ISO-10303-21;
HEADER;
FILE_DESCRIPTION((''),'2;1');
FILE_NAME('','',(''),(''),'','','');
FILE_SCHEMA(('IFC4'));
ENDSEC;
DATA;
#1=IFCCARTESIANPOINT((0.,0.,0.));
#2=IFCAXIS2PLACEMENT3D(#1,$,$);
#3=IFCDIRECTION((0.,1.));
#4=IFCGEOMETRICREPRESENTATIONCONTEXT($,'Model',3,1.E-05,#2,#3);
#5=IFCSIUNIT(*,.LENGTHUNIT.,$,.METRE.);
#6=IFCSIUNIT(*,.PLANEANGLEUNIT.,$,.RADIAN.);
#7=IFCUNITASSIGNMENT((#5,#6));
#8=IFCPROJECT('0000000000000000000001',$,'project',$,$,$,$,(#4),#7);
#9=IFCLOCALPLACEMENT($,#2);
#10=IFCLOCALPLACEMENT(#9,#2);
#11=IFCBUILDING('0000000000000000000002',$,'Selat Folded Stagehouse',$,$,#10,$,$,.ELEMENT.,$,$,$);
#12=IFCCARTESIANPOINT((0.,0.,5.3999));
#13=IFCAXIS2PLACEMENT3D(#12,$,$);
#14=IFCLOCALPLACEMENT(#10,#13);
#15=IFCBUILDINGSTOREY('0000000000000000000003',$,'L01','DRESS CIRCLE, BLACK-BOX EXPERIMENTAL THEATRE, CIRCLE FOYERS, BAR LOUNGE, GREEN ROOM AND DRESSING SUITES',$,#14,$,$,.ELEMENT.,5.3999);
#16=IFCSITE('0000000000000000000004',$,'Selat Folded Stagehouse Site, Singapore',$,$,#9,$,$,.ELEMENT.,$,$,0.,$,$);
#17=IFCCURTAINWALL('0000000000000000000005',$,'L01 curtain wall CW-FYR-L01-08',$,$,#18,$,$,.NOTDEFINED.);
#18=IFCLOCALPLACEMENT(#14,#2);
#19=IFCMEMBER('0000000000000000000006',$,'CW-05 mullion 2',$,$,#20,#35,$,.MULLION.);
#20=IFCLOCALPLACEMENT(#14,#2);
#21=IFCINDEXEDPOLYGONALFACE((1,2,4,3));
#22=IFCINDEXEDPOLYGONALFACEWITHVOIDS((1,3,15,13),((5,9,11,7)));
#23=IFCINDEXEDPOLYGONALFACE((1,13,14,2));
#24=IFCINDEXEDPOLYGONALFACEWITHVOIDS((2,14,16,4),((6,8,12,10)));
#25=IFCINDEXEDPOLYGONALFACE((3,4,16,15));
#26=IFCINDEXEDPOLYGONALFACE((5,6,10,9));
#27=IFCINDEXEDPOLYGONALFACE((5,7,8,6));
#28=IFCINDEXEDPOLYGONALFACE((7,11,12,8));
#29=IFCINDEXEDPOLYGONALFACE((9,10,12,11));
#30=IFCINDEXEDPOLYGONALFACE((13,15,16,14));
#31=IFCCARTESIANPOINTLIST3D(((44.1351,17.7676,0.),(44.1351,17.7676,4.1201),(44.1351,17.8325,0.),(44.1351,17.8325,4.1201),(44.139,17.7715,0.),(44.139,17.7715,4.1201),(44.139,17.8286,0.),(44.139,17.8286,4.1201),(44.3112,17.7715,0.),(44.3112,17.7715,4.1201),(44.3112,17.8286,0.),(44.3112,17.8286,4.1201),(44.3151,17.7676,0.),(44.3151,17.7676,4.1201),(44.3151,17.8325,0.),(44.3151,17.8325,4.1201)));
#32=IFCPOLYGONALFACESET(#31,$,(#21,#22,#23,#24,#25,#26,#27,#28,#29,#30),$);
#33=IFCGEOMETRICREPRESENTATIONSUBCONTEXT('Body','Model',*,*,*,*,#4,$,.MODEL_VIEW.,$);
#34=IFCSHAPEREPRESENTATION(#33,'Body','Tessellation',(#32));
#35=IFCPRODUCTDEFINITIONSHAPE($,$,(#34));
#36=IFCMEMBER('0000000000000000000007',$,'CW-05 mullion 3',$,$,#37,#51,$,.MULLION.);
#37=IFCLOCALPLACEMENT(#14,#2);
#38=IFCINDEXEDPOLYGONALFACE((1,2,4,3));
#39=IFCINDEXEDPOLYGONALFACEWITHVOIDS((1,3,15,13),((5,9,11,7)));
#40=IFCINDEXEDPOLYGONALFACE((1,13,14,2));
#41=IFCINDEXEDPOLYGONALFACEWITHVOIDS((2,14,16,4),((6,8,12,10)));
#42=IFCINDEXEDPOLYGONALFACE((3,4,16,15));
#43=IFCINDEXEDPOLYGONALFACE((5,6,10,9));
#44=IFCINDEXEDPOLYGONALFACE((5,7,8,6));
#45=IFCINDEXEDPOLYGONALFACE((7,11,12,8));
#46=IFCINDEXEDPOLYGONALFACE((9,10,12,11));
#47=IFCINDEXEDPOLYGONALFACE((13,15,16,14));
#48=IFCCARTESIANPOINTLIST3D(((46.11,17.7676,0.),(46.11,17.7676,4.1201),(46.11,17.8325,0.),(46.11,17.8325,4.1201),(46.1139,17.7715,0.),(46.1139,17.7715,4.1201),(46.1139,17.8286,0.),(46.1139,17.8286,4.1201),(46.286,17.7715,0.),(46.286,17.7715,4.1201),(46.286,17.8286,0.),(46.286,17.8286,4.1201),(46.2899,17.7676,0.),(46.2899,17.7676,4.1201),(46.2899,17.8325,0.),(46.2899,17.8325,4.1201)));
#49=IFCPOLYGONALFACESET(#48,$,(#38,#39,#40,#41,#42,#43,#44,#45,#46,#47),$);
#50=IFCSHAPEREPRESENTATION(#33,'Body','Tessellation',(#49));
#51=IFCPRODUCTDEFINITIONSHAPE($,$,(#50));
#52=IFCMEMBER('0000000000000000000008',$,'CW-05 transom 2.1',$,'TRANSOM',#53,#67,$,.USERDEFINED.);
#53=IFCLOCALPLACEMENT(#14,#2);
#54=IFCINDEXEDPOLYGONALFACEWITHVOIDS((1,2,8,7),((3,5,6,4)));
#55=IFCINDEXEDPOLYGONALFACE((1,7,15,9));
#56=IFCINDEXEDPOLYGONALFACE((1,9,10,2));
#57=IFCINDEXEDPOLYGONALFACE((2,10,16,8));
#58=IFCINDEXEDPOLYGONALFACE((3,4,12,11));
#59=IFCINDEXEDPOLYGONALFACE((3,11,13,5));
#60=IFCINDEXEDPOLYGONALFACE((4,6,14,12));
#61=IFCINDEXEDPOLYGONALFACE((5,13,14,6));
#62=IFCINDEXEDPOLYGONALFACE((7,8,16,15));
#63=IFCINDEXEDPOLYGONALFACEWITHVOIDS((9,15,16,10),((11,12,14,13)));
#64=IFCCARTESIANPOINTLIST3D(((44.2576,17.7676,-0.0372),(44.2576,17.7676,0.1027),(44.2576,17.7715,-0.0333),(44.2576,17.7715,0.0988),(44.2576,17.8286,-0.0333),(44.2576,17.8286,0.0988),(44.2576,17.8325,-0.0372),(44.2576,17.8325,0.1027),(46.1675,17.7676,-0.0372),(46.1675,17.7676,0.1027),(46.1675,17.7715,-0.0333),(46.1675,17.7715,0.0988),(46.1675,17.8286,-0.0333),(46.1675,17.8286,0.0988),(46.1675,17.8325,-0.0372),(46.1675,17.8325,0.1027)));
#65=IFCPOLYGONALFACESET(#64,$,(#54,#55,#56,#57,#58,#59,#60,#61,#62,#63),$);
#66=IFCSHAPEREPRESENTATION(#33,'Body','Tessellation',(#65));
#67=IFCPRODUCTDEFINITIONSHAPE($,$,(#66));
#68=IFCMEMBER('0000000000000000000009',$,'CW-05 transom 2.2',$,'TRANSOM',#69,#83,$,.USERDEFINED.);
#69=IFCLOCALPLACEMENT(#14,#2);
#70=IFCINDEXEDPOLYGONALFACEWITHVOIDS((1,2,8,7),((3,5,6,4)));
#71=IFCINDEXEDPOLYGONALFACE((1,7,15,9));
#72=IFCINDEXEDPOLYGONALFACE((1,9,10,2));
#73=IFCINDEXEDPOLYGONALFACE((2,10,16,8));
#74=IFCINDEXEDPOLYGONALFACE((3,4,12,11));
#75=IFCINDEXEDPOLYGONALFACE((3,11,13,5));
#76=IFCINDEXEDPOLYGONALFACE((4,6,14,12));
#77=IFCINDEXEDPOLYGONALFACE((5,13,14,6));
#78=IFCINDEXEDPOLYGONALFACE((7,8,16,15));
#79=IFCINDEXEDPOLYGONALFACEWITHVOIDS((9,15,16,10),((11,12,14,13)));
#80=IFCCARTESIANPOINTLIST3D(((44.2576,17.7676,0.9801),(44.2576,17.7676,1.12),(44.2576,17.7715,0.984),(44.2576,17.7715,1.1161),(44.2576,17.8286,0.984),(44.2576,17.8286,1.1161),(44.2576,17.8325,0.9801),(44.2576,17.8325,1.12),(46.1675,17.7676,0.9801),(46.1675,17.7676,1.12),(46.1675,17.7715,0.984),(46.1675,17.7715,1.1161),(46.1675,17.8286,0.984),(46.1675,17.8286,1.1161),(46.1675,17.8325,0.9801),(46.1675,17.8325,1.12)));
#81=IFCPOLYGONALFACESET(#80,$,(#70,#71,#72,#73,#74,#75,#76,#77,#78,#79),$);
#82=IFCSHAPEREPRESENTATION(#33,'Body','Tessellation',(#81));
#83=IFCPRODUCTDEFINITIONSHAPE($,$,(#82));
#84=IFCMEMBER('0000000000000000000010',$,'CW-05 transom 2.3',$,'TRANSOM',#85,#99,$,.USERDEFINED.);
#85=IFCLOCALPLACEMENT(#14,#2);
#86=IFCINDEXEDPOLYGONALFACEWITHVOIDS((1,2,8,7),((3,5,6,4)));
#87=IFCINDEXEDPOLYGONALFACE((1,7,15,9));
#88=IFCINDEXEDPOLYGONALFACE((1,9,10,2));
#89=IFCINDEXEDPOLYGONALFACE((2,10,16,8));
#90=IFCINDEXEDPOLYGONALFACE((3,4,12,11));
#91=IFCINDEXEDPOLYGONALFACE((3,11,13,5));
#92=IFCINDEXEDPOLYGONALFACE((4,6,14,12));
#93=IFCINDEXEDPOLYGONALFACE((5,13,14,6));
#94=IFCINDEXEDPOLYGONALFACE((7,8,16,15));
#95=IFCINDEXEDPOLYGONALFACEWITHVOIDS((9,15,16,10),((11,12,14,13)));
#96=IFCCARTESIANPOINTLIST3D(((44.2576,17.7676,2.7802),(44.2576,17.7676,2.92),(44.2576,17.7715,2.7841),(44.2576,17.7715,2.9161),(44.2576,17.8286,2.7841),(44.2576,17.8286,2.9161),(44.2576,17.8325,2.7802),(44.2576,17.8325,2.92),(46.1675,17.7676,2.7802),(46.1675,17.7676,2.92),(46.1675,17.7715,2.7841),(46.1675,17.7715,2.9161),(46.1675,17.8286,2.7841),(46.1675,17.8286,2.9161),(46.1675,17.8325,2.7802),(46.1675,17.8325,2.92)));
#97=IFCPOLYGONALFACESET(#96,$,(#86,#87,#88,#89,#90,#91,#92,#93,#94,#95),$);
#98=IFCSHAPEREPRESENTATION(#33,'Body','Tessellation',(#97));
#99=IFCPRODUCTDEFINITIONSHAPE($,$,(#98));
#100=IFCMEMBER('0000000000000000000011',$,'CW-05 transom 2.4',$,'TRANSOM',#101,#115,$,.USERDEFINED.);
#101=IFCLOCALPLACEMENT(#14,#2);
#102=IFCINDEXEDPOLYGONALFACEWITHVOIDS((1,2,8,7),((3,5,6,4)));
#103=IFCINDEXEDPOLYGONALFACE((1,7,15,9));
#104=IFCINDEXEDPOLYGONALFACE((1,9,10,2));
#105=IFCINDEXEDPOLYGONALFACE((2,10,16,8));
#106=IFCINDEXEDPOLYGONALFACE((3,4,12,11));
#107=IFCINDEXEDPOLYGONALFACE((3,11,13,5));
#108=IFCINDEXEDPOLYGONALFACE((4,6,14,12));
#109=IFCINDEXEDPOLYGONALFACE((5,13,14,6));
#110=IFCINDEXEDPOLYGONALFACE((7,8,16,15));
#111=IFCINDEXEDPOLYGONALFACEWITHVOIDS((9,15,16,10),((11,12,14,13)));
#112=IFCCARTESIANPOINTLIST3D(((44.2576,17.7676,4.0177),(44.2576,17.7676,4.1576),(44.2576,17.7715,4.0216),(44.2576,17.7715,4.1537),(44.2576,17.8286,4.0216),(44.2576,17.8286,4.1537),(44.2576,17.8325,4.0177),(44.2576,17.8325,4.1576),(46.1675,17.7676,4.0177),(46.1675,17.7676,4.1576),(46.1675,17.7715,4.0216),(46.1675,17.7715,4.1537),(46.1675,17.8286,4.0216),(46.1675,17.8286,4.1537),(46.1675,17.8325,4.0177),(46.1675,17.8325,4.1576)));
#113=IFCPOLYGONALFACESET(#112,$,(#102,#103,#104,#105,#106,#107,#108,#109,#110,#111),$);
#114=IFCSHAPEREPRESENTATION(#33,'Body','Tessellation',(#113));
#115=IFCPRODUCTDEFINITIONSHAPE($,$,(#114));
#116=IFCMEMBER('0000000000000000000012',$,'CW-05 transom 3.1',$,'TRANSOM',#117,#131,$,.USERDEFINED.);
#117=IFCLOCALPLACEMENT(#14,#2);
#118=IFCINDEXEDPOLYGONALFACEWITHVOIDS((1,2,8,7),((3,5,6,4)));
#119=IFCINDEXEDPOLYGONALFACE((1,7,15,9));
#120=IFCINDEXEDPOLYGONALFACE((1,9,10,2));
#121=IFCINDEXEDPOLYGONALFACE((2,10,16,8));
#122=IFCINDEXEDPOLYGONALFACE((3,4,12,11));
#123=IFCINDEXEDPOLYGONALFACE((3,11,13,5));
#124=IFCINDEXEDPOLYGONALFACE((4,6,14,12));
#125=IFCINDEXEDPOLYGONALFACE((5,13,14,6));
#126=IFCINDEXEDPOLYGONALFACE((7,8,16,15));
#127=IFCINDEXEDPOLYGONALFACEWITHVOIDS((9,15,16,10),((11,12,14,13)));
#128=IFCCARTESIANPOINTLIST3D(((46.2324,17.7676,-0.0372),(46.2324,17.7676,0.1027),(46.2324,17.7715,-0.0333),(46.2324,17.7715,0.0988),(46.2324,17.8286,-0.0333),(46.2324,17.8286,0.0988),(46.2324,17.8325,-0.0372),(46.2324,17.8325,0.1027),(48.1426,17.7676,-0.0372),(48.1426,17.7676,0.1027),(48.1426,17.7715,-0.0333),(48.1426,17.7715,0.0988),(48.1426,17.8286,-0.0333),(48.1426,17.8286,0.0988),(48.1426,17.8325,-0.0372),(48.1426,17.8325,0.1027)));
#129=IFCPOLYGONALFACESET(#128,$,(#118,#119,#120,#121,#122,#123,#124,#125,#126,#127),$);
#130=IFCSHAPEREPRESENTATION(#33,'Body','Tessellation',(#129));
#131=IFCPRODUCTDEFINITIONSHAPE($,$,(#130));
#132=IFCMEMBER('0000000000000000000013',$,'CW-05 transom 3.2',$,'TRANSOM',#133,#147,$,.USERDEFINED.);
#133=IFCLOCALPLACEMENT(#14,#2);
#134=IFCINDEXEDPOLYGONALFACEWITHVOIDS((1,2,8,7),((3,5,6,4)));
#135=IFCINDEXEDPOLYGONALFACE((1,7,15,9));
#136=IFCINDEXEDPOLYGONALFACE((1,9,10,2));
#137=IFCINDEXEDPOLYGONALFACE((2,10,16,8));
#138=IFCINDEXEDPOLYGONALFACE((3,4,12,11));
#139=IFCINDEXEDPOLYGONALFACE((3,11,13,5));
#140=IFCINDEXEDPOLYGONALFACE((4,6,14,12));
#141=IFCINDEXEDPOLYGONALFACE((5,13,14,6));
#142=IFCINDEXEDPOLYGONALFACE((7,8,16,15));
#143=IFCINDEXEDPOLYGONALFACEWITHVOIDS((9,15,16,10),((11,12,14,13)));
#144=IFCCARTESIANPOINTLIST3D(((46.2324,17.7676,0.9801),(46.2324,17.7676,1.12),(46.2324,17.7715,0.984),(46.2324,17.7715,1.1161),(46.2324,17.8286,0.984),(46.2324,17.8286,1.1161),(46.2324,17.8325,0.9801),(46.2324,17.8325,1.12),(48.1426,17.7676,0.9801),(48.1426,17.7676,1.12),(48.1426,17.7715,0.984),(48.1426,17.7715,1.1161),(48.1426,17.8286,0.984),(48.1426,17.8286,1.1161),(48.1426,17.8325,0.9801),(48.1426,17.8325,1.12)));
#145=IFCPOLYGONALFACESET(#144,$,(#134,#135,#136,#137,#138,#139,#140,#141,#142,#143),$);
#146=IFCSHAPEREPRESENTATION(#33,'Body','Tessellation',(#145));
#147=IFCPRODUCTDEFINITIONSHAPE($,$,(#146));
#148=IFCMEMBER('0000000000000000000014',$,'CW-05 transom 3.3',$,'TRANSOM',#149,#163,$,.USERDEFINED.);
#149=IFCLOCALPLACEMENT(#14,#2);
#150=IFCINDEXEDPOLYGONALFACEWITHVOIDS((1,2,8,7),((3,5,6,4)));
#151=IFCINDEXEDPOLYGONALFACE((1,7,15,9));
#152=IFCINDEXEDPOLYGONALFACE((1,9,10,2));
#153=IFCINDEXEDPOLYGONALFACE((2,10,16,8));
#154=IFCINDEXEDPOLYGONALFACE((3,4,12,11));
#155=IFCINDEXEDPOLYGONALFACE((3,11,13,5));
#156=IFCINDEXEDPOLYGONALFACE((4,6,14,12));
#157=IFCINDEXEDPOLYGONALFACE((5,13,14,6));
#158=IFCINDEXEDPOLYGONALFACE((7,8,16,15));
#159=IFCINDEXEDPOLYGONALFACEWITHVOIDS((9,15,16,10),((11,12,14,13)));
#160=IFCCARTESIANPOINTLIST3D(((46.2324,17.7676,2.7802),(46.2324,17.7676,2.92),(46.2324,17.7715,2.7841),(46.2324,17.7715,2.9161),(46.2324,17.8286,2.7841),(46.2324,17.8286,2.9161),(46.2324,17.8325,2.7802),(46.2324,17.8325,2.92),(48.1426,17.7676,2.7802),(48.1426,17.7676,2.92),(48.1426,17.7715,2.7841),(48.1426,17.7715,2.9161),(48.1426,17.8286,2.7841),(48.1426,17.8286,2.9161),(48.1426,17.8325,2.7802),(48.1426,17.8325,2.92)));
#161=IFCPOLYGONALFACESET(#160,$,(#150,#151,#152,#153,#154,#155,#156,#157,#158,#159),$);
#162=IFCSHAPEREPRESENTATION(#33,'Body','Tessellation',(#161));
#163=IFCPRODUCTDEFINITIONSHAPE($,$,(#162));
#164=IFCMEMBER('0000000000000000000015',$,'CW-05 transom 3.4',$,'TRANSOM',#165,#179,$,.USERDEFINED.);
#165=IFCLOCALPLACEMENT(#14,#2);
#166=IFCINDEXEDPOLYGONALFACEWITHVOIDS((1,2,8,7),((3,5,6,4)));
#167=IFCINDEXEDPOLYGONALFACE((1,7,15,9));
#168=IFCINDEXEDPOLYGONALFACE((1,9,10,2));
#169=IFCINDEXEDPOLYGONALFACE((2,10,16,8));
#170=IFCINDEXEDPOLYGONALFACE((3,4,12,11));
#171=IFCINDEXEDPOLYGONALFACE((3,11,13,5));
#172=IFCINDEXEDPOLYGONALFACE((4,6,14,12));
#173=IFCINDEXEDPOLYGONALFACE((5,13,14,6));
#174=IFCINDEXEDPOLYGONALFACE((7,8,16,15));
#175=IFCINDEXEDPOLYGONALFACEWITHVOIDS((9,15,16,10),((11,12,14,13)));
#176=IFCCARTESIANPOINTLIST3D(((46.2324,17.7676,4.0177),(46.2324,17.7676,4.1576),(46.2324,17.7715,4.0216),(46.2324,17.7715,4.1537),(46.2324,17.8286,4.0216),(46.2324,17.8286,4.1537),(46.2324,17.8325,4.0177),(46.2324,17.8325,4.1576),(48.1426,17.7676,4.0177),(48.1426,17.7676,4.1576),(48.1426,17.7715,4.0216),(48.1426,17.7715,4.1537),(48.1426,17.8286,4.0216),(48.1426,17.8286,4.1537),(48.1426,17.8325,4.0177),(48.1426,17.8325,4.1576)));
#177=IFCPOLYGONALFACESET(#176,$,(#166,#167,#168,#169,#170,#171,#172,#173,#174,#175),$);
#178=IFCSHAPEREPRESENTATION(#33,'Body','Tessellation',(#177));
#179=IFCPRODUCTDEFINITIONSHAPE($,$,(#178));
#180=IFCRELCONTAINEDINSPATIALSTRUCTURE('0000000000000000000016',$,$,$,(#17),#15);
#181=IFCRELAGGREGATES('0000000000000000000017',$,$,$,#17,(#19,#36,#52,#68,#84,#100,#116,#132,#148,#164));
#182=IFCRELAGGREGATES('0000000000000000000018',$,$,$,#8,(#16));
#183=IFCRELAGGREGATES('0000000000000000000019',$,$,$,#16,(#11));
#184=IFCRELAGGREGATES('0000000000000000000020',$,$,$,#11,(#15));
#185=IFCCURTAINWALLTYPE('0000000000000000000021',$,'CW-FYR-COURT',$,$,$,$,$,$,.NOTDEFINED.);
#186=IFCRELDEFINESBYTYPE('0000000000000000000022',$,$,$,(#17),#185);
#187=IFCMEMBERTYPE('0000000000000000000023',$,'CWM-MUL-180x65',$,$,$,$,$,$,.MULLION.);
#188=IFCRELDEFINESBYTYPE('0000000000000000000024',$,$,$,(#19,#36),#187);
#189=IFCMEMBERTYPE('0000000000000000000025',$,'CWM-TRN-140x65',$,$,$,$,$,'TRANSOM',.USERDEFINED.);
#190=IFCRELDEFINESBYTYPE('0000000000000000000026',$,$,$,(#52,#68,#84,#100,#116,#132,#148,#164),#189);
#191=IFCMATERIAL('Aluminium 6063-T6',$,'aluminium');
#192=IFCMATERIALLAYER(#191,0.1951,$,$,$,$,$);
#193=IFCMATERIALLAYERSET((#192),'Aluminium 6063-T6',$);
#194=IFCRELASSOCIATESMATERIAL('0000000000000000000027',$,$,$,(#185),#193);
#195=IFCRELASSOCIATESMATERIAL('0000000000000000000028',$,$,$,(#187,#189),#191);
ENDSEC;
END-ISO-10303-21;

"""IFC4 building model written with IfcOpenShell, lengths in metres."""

from ifc_helpers import new_model, si_unit, direction, frame, origin, origin_2d, place, context, subcontext, project, spatial, hollow_rectangle, extrude, material, layer, layer_set, material_profile, profile_set, type_object, element, aggregate, save


model = new_model("IFC4")

# Units and contexts
model_context = context("Model", 3, precision=1e-05, world=origin(), true_north=direction((0.0, 1.0)))
body_context = subcontext(model_context, "Body", "Model", "MODEL_VIEW")
ifc_project = project(units=[si_unit("LENGTHUNIT", "METRE"), si_unit("PLANEANGLEUNIT", "RADIAN")], contexts=[model_context])

# Site, building, storey
site_placement = place(None, origin())
site = spatial("IfcSite", under=ifc_project, at=site_placement, Name="Selat Folded Stagehouse Site, Singapore", CompositionType="ELEMENT", RefElevation=0.0)
building_placement = place(site_placement, origin())
building = spatial("IfcBuilding", under=site, at=building_placement, Name="Selat Folded Stagehouse", CompositionType="ELEMENT")
storey_placement = place(building_placement, frame((0.0, 0.0, 5.3999)))
storey = spatial("IfcBuildingStorey", under=building, at=storey_placement, Name="L01", Description="DRESS CIRCLE, BLACK-BOX EXPERIMENTAL THEATRE, CIRCLE FOYERS, BAR LOUNGE, GREEN ROOM AND DRESSING SUITES", CompositionType="ELEMENT", Elevation=5.3999)

# Curtain wall, members
ifc_material_1 = material(Name="Aluminium 6063-T6", Category="aluminium")
ifc_layer_1 = layer(ifc_material_1, 0.1951)
ifc_layer_set_1 = layer_set([ifc_layer_1], Name="Aluminium 6063-T6")
curtain_wall_type = type_object("IfcCurtainWallType", Name="CW-FYR-COURT", PredefinedType="NOTDEFINED", material=ifc_layer_set_1)
curtain_wall_placement = place(storey_placement, origin())
curtain_wall = element("IfcCurtainWall", 1, at=curtain_wall_placement, inside=storey, type_object=curtain_wall_type, Name="L01 curtain wall CW-FYR-L01-08", PredefinedType="NOTDEFINED")
ifc_material_profile_1 = material_profile(ifc_material_1, hollow_rectangle(XDim=0.0649, YDim=0.1799, WallThickness=0.0039, at=origin_2d()), Name="ALU 180x65x4.0")
ifc_profile_set_1 = profile_set([ifc_material_profile_1], Name="Aluminium 6063-T6")
member_type_1 = type_object("IfcMemberType", Name="CWM-MUL-180x65", PredefinedType="MULLION", material=ifc_profile_set_1)
member_1_placement = place(storey_placement, frame((44.2251, 17.8, 0.0), z_axis=(0.0, 0.0, 1.0), x_axis=(0.0, 1.0, 0.0)))
member_1 = element("IfcMember", 2, at=member_1_placement, type_object=member_type_1, Name="CW-05 mullion 2", PredefinedType="MULLION", context=body_context, shape_type="SweptSolid", body=[
    extrude(hollow_rectangle(XDim=0.0649, YDim=0.1799, WallThickness=0.0039, at=origin_2d()), origin(), (0.0, 0.0, 1.0), 4.1201),
])
member_2_placement = place(storey_placement, frame((46.2, 17.8, 0.0), z_axis=(0.0, 0.0, 1.0), x_axis=(0.0, 1.0, 0.0)))
member_2 = element("IfcMember", 3, at=member_2_placement, type_object=member_type_1, Name="CW-05 mullion 3", PredefinedType="MULLION", context=body_context, shape_type="SweptSolid", body=[
    extrude(hollow_rectangle(XDim=0.0649, YDim=0.1799, WallThickness=0.0039, at=origin_2d()), origin(), (0.0, 0.0, 1.0), 4.1201),
])
ifc_material_profile_2 = material_profile(ifc_material_1, hollow_rectangle(XDim=0.0649, YDim=0.1399, WallThickness=0.0039, at=origin_2d()), Name="ALU 140x65x4.0")
ifc_profile_set_2 = profile_set([ifc_material_profile_2], Name="Aluminium 6063-T6")
member_type_2 = type_object("IfcMemberType", Name="CWM-TRN-140x65", ElementType="TRANSOM", PredefinedType="USERDEFINED", material=ifc_profile_set_2)
member_3_placement = place(storey_placement, frame((44.2576, 17.8, 0.0327), z_axis=(1.0, 0.0, 0.0), x_axis=(0.0, 1.0, 0.0)))
member_3 = element("IfcMember", 4, at=member_3_placement, type_object=member_type_2, Name="CW-05 transom 2.1", ObjectType="TRANSOM", PredefinedType="USERDEFINED", context=body_context, shape_type="SweptSolid", body=[
    extrude(hollow_rectangle(XDim=0.0649, YDim=0.1399, WallThickness=0.0039, at=origin_2d()), origin(), (0.0, 0.0, 1.0), 1.9099),
])
member_4_placement = place(storey_placement, frame((44.2576, 17.8, 1.05), z_axis=(1.0, 0.0, 0.0), x_axis=(0.0, 1.0, 0.0)))
member_4 = element("IfcMember", 5, at=member_4_placement, type_object=member_type_2, Name="CW-05 transom 2.2", ObjectType="TRANSOM", PredefinedType="USERDEFINED", context=body_context, shape_type="SweptSolid", body=[
    extrude(hollow_rectangle(XDim=0.0649, YDim=0.1399, WallThickness=0.0039, at=origin_2d()), origin(), (0.0, 0.0, 1.0), 1.9099),
])
member_5_placement = place(storey_placement, frame((44.2576, 17.8, 2.8501), z_axis=(1.0, 0.0, 0.0), x_axis=(0.0, 1.0, 0.0)))
member_5 = element("IfcMember", 6, at=member_5_placement, type_object=member_type_2, Name="CW-05 transom 2.3", ObjectType="TRANSOM", PredefinedType="USERDEFINED", context=body_context, shape_type="SweptSolid", body=[
    extrude(hollow_rectangle(XDim=0.0649, YDim=0.1399, WallThickness=0.0039, at=origin_2d()), origin(), (0.0, 0.0, 1.0), 1.9099),
])
member_6_placement = place(storey_placement, frame((44.2576, 17.8, 4.0876), z_axis=(1.0, 0.0, 0.0), x_axis=(0.0, 1.0, 0.0)))
member_6 = element("IfcMember", 7, at=member_6_placement, type_object=member_type_2, Name="CW-05 transom 2.4", ObjectType="TRANSOM", PredefinedType="USERDEFINED", context=body_context, shape_type="SweptSolid", body=[
    extrude(hollow_rectangle(XDim=0.0649, YDim=0.1399, WallThickness=0.0039, at=origin_2d()), origin(), (0.0, 0.0, 1.0), 1.9099),
])
member_7_placement = place(storey_placement, frame((46.2324, 17.8, 0.0327), z_axis=(1.0, 0.0, 0.0), x_axis=(0.0, 1.0, 0.0)))
member_7 = element("IfcMember", 8, at=member_7_placement, type_object=member_type_2, Name="CW-05 transom 3.1", ObjectType="TRANSOM", PredefinedType="USERDEFINED", context=body_context, shape_type="SweptSolid", body=[
    extrude(hollow_rectangle(XDim=0.0649, YDim=0.1399, WallThickness=0.0039, at=origin_2d()), origin(), (0.0, 0.0, 1.0), 1.9102),
])
member_8_placement = place(storey_placement, frame((46.2324, 17.8, 1.05), z_axis=(1.0, 0.0, 0.0), x_axis=(0.0, 1.0, 0.0)))
member_8 = element("IfcMember", 9, at=member_8_placement, type_object=member_type_2, Name="CW-05 transom 3.2", ObjectType="TRANSOM", PredefinedType="USERDEFINED", context=body_context, shape_type="SweptSolid", body=[
    extrude(hollow_rectangle(XDim=0.0649, YDim=0.1399, WallThickness=0.0039, at=origin_2d()), origin(), (0.0, 0.0, 1.0), 1.9102),
])
member_9_placement = place(storey_placement, frame((46.2324, 17.8, 2.8501), z_axis=(1.0, 0.0, 0.0), x_axis=(0.0, 1.0, 0.0)))
member_9 = element("IfcMember", 10, at=member_9_placement, type_object=member_type_2, Name="CW-05 transom 3.3", ObjectType="TRANSOM", PredefinedType="USERDEFINED", context=body_context, shape_type="SweptSolid", body=[
    extrude(hollow_rectangle(XDim=0.0649, YDim=0.1399, WallThickness=0.0039, at=origin_2d()), origin(), (0.0, 0.0, 1.0), 1.9102),
])
member_10_placement = place(storey_placement, frame((46.2324, 17.8, 4.0876), z_axis=(1.0, 0.0, 0.0), x_axis=(0.0, 1.0, 0.0)))
member_10 = element("IfcMember", 11, at=member_10_placement, type_object=member_type_2, Name="CW-05 transom 3.4", ObjectType="TRANSOM", PredefinedType="USERDEFINED", context=body_context, shape_type="SweptSolid", body=[
    extrude(hollow_rectangle(XDim=0.0649, YDim=0.1399, WallThickness=0.0039, at=origin_2d()), origin(), (0.0, 0.0, 1.0), 1.9102),
])

aggregate(curtain_wall, [member_1, member_2, member_3, member_4, member_5, member_6, member_7, member_8, member_9, member_10])

save(model, "model.ifc")
